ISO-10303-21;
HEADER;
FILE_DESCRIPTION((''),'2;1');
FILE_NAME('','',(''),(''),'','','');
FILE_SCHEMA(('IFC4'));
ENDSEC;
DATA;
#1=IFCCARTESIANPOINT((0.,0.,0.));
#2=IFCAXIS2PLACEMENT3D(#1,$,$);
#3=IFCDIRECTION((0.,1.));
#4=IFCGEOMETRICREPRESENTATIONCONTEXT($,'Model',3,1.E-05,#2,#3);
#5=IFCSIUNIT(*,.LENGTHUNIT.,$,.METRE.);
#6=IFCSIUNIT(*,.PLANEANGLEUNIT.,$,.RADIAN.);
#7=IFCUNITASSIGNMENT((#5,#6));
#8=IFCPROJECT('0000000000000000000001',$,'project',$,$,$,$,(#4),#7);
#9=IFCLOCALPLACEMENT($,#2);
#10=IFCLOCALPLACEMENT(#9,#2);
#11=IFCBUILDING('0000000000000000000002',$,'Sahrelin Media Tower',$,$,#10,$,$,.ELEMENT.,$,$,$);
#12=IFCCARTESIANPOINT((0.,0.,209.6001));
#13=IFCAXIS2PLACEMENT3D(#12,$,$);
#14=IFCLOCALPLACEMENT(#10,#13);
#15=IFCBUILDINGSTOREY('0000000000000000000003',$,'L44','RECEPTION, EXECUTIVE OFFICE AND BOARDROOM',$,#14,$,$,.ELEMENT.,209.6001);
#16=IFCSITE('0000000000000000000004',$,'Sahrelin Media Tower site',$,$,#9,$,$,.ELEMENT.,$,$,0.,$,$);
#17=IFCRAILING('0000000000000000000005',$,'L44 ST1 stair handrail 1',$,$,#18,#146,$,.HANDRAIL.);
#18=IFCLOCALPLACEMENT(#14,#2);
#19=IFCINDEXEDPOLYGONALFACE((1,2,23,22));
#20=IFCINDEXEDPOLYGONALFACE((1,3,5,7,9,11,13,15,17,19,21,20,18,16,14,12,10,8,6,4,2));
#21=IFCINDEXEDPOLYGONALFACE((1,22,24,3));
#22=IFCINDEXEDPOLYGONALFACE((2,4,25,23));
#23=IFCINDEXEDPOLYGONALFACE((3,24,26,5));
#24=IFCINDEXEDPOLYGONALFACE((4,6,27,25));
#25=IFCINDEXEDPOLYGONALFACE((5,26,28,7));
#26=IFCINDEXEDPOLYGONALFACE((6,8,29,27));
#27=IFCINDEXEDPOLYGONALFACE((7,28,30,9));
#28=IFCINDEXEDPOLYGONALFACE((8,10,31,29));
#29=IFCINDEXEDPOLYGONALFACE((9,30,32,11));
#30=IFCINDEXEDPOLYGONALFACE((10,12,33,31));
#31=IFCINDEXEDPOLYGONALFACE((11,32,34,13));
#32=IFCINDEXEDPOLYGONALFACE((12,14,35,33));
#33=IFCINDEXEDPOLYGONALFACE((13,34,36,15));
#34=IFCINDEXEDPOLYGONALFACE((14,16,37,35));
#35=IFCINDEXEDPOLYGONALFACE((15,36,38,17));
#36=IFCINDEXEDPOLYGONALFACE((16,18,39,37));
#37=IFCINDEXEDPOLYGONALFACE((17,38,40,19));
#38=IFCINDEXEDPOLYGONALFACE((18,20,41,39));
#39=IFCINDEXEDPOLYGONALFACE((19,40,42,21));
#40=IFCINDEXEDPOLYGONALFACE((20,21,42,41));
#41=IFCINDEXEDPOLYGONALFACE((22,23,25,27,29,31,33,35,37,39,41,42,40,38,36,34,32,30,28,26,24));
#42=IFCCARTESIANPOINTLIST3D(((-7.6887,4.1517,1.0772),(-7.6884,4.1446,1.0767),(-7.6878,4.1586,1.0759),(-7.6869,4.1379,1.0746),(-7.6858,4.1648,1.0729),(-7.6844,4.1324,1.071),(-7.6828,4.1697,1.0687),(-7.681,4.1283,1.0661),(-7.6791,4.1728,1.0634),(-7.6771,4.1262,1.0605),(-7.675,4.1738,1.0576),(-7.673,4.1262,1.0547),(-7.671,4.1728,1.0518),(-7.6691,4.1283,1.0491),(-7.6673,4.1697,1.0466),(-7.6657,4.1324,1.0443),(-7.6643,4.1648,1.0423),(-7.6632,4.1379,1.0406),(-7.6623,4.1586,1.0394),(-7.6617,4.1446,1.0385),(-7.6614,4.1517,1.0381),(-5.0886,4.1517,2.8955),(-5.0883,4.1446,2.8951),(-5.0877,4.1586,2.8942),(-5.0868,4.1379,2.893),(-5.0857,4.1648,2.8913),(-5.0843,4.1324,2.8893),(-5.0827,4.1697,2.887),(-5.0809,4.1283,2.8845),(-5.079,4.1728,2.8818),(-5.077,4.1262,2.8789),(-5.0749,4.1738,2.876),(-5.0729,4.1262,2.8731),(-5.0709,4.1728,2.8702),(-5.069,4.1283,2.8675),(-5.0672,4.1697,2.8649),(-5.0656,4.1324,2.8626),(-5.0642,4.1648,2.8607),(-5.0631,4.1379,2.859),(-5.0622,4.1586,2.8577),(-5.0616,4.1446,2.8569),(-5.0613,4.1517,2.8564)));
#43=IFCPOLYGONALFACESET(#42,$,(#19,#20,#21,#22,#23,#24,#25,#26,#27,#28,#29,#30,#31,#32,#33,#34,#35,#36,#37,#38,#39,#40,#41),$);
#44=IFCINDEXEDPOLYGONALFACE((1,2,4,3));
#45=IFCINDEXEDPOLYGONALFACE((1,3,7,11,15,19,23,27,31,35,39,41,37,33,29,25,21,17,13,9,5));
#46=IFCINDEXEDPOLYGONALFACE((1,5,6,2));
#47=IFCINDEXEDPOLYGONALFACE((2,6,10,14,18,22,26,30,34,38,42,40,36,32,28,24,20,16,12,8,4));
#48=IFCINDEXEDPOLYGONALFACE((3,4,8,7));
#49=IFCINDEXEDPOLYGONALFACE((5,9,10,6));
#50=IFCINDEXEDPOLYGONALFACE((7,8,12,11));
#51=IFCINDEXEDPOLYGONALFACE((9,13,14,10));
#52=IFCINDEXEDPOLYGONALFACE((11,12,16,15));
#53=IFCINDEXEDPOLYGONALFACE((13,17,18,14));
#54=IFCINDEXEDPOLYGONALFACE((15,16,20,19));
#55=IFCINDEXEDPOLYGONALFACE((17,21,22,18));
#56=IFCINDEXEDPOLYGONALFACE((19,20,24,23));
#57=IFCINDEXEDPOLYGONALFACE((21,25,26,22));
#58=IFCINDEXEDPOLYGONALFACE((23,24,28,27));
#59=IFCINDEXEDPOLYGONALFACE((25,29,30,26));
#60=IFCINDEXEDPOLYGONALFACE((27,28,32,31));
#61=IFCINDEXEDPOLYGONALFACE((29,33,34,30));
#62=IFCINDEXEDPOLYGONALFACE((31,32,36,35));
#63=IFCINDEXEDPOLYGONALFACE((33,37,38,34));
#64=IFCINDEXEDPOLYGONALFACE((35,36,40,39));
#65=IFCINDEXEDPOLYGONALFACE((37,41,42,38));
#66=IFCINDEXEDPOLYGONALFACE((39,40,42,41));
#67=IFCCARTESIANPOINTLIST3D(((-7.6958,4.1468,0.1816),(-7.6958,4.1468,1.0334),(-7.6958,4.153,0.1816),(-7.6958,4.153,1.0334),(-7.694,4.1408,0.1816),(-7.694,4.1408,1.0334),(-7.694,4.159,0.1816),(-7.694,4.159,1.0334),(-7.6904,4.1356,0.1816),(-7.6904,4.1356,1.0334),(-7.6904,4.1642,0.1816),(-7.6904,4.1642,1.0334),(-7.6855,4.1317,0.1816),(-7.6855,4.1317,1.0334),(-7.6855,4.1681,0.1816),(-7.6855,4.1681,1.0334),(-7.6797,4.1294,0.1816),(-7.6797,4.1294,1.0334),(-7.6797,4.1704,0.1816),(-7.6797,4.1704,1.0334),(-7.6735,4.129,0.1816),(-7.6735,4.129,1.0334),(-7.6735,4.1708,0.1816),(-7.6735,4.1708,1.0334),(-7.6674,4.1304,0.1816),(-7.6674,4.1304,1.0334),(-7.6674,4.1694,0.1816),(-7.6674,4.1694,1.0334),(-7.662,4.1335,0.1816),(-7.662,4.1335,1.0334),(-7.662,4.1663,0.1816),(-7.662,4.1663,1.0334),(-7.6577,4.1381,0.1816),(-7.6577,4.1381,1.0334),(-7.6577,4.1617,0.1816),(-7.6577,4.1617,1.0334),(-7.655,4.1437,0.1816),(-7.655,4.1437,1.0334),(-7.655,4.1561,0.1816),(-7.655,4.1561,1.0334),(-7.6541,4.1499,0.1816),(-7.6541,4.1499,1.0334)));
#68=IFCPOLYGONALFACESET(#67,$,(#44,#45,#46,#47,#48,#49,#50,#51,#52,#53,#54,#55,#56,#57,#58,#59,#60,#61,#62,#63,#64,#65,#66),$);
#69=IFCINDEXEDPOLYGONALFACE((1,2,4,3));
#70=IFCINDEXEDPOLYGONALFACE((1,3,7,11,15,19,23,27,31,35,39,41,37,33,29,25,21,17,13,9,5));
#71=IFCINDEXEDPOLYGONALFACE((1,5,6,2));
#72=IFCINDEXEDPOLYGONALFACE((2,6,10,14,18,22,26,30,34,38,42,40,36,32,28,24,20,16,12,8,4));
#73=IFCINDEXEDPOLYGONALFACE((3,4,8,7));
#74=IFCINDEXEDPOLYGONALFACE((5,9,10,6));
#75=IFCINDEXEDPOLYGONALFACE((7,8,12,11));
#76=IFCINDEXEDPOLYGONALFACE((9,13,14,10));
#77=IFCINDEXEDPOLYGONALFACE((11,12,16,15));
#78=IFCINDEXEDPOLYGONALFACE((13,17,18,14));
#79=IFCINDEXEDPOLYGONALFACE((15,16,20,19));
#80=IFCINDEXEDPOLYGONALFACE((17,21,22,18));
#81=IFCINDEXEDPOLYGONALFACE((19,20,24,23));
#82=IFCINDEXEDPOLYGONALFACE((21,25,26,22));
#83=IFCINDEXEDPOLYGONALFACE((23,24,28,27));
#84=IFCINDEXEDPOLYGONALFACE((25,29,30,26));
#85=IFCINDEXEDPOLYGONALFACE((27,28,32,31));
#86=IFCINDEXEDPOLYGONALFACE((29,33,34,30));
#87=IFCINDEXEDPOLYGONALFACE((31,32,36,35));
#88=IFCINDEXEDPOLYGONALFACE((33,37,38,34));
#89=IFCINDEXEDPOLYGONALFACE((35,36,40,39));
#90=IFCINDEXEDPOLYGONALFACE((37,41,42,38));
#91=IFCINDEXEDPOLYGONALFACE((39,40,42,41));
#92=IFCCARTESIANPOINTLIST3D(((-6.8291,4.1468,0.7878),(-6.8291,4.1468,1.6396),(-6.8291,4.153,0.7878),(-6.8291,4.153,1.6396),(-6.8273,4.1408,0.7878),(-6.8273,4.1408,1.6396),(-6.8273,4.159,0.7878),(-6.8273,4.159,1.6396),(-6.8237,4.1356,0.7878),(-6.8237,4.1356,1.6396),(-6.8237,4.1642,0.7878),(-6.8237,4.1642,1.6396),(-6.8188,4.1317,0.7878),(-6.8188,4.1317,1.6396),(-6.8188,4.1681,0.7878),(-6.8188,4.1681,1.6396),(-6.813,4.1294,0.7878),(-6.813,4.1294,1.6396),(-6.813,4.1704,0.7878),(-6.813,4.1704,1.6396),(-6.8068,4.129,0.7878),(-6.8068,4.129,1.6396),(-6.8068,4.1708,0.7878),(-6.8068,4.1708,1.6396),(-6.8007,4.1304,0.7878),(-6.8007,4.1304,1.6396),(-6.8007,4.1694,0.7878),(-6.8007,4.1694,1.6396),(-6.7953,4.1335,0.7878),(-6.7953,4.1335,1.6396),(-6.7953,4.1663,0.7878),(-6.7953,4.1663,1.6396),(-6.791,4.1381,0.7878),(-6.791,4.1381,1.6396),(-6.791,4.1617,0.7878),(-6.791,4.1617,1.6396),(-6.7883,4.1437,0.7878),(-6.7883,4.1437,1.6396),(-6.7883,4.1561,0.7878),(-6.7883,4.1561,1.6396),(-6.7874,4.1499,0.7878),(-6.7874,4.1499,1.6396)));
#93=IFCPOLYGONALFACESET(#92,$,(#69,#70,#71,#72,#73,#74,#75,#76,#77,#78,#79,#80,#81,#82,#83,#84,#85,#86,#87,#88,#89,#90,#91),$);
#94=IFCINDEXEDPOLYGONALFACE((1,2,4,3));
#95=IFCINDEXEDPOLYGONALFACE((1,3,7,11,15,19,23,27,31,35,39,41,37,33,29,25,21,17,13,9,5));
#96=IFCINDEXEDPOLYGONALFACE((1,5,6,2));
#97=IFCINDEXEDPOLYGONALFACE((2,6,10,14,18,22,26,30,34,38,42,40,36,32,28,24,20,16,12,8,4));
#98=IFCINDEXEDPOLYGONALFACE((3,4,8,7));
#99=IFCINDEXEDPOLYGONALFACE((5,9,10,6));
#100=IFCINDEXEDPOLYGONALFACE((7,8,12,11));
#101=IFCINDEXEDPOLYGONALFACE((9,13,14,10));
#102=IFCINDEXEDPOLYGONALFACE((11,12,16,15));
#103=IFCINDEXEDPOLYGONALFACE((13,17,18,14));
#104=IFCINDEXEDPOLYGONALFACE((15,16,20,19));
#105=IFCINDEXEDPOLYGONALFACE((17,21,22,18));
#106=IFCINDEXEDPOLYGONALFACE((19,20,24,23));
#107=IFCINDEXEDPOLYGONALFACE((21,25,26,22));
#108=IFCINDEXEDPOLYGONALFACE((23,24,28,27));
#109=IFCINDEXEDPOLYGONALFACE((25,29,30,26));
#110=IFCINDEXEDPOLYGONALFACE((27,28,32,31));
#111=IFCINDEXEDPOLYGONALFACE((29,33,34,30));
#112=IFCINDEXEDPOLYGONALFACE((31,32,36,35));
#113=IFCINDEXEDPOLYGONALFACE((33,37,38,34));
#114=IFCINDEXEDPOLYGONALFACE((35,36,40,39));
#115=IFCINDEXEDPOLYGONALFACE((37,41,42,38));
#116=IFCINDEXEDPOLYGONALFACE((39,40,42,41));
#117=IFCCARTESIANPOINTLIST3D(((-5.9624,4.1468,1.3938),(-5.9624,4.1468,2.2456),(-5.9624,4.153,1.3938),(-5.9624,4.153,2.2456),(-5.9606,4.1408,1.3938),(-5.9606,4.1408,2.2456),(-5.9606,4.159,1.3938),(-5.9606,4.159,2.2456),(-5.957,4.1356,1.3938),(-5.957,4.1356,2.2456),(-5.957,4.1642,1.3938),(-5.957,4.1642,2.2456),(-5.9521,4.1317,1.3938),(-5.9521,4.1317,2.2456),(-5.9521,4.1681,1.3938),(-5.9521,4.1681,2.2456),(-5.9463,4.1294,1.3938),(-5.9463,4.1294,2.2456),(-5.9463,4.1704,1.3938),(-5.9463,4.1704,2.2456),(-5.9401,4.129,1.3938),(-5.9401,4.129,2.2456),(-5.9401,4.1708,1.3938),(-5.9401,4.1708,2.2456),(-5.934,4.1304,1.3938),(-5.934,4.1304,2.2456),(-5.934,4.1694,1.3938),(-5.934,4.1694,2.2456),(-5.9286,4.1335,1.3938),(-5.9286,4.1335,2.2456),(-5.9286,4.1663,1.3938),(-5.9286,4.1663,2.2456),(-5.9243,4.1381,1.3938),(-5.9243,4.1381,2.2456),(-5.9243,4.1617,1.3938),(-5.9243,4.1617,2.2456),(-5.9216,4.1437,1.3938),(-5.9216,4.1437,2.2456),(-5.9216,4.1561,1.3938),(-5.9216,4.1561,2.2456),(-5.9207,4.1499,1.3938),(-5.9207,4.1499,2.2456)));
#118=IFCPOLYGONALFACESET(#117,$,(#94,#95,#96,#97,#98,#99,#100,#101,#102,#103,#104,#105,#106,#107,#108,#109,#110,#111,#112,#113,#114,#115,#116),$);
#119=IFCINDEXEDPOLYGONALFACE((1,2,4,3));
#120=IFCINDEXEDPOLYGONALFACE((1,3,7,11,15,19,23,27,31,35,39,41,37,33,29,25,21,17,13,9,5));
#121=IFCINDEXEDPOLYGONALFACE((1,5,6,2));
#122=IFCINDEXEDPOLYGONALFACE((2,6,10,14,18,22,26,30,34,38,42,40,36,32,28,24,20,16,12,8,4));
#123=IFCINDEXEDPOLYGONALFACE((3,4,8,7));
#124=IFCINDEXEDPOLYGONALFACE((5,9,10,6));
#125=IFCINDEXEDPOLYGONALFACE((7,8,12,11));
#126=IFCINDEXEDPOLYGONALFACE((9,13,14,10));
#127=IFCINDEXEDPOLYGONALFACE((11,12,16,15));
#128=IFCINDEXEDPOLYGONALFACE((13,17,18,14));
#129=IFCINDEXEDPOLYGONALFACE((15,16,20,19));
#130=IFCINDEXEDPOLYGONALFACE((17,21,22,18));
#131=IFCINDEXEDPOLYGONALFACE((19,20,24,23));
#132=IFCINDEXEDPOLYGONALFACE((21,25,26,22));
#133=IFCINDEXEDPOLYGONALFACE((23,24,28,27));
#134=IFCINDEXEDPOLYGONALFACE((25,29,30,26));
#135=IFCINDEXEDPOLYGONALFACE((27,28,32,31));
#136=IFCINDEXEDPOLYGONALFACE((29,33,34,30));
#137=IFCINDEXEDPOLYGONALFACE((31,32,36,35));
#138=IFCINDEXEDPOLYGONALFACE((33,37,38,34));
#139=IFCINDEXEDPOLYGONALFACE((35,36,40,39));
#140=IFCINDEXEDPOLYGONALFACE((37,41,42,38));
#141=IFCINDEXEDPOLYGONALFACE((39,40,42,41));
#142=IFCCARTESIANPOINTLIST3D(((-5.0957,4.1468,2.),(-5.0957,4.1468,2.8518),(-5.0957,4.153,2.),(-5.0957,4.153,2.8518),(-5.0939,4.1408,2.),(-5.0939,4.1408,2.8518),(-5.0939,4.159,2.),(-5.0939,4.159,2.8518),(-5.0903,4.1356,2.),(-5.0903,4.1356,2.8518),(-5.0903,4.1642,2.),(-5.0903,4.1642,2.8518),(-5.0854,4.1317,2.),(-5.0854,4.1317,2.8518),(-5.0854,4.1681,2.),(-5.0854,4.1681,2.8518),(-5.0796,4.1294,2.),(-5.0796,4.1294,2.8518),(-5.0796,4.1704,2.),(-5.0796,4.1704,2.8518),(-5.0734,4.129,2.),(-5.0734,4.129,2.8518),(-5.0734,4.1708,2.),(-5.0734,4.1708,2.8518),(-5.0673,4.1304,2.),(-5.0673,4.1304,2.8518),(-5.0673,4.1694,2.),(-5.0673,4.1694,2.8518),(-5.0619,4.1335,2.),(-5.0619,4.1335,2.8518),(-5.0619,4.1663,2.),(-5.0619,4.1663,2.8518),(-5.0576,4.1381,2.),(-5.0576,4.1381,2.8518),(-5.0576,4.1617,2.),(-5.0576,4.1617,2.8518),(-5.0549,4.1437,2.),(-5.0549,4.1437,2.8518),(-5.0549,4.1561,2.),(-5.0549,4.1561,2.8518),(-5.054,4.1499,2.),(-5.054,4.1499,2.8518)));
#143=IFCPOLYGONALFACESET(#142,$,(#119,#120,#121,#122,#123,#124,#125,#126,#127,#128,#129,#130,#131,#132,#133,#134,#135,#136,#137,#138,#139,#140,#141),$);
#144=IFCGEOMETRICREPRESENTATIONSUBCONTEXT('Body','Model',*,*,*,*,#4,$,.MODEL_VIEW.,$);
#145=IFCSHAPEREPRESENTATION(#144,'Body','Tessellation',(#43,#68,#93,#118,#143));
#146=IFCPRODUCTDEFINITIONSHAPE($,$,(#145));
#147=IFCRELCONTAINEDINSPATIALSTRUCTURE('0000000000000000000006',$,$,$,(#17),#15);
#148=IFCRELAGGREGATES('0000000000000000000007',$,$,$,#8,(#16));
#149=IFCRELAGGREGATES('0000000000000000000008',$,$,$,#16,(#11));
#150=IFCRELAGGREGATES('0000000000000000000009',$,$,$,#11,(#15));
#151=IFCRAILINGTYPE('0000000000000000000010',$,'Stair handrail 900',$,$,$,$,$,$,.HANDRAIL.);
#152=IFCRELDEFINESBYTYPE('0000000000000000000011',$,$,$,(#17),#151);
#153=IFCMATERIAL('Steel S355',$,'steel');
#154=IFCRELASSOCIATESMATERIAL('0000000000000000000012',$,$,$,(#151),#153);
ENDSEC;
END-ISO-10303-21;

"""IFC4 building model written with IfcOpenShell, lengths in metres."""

from ifc_helpers import new_model, si_unit, direction, frame, origin, origin_2d, place, context, subcontext, project, spatial, circle, extrude, material, type_object, element, save


model = new_model("IFC4")

# Units and contexts
model_context = context("Model", 3, precision=1e-05, world=origin(), true_north=direction((0.0, 1.0)))
body_context = subcontext(model_context, "Body", "Model", "MODEL_VIEW")
ifc_project = project(units=[si_unit("LENGTHUNIT", "METRE"), si_unit("PLANEANGLEUNIT", "RADIAN")], contexts=[model_context])

# Site, building, storey
site_placement = place(None, origin())
site = spatial("IfcSite", under=ifc_project, at=site_placement, Name="Sahrelin Media Tower site", CompositionType="ELEMENT", RefElevation=0.0)
building_placement = place(site_placement, origin())
building = spatial("IfcBuilding", under=site, at=building_placement, Name="Sahrelin Media Tower", CompositionType="ELEMENT")
storey_placement = place(building_placement, frame((0.0, 0.0, 209.6001)))
storey = spatial("IfcBuildingStorey", under=building, at=storey_placement, Name="L44", Description="RECEPTION, EXECUTIVE OFFICE AND BOARDROOM", CompositionType="ELEMENT", Elevation=209.6001)

# Shared definitions
ifc_material_1 = material(Name="Steel S355", Category="steel")

# Railing
railing_type_1 = type_object("IfcRailingType", Name="Stair handrail 900", PredefinedType="HANDRAIL", material=ifc_material_1)
railing_1_placement = place(storey_placement, frame((-7.675, 4.1499, 0.1816)))
element("IfcRailing", 1, at=railing_1_placement, inside=storey, type_object=railing_type_1, Name="L44 ST1 stair handrail 1", PredefinedType="HANDRAIL", context=body_context, shape_type="SweptSolid", body=[
    extrude(circle(Radius=0.0239, at=origin_2d()), frame((0.0, 0.0, 0.876), z_axis=(0.819485, 0.0, 0.573101), x_axis=(0.0, 1.0, 0.0)), (0.0, 0.0, 1.0), 3.1729),
    extrude(circle(Radius=0.021, at=origin_2d()), origin(), (0.0, 0.0, 1.0), 0.8518),
    extrude(circle(Radius=0.021, at=origin_2d()), frame((0.8667, 0.0, 0.6062)), (0.0, 0.0, 1.0), 0.8518),
    extrude(circle(Radius=0.021, at=origin_2d()), frame((1.7334, 0.0, 1.2122)), (0.0, 0.0, 1.0), 0.8518),
    extrude(circle(Radius=0.021, at=origin_2d()), frame((2.6001, 0.0, 1.8184)), (0.0, 0.0, 1.0), 0.8518),
])

save(model, "model.ifc")
